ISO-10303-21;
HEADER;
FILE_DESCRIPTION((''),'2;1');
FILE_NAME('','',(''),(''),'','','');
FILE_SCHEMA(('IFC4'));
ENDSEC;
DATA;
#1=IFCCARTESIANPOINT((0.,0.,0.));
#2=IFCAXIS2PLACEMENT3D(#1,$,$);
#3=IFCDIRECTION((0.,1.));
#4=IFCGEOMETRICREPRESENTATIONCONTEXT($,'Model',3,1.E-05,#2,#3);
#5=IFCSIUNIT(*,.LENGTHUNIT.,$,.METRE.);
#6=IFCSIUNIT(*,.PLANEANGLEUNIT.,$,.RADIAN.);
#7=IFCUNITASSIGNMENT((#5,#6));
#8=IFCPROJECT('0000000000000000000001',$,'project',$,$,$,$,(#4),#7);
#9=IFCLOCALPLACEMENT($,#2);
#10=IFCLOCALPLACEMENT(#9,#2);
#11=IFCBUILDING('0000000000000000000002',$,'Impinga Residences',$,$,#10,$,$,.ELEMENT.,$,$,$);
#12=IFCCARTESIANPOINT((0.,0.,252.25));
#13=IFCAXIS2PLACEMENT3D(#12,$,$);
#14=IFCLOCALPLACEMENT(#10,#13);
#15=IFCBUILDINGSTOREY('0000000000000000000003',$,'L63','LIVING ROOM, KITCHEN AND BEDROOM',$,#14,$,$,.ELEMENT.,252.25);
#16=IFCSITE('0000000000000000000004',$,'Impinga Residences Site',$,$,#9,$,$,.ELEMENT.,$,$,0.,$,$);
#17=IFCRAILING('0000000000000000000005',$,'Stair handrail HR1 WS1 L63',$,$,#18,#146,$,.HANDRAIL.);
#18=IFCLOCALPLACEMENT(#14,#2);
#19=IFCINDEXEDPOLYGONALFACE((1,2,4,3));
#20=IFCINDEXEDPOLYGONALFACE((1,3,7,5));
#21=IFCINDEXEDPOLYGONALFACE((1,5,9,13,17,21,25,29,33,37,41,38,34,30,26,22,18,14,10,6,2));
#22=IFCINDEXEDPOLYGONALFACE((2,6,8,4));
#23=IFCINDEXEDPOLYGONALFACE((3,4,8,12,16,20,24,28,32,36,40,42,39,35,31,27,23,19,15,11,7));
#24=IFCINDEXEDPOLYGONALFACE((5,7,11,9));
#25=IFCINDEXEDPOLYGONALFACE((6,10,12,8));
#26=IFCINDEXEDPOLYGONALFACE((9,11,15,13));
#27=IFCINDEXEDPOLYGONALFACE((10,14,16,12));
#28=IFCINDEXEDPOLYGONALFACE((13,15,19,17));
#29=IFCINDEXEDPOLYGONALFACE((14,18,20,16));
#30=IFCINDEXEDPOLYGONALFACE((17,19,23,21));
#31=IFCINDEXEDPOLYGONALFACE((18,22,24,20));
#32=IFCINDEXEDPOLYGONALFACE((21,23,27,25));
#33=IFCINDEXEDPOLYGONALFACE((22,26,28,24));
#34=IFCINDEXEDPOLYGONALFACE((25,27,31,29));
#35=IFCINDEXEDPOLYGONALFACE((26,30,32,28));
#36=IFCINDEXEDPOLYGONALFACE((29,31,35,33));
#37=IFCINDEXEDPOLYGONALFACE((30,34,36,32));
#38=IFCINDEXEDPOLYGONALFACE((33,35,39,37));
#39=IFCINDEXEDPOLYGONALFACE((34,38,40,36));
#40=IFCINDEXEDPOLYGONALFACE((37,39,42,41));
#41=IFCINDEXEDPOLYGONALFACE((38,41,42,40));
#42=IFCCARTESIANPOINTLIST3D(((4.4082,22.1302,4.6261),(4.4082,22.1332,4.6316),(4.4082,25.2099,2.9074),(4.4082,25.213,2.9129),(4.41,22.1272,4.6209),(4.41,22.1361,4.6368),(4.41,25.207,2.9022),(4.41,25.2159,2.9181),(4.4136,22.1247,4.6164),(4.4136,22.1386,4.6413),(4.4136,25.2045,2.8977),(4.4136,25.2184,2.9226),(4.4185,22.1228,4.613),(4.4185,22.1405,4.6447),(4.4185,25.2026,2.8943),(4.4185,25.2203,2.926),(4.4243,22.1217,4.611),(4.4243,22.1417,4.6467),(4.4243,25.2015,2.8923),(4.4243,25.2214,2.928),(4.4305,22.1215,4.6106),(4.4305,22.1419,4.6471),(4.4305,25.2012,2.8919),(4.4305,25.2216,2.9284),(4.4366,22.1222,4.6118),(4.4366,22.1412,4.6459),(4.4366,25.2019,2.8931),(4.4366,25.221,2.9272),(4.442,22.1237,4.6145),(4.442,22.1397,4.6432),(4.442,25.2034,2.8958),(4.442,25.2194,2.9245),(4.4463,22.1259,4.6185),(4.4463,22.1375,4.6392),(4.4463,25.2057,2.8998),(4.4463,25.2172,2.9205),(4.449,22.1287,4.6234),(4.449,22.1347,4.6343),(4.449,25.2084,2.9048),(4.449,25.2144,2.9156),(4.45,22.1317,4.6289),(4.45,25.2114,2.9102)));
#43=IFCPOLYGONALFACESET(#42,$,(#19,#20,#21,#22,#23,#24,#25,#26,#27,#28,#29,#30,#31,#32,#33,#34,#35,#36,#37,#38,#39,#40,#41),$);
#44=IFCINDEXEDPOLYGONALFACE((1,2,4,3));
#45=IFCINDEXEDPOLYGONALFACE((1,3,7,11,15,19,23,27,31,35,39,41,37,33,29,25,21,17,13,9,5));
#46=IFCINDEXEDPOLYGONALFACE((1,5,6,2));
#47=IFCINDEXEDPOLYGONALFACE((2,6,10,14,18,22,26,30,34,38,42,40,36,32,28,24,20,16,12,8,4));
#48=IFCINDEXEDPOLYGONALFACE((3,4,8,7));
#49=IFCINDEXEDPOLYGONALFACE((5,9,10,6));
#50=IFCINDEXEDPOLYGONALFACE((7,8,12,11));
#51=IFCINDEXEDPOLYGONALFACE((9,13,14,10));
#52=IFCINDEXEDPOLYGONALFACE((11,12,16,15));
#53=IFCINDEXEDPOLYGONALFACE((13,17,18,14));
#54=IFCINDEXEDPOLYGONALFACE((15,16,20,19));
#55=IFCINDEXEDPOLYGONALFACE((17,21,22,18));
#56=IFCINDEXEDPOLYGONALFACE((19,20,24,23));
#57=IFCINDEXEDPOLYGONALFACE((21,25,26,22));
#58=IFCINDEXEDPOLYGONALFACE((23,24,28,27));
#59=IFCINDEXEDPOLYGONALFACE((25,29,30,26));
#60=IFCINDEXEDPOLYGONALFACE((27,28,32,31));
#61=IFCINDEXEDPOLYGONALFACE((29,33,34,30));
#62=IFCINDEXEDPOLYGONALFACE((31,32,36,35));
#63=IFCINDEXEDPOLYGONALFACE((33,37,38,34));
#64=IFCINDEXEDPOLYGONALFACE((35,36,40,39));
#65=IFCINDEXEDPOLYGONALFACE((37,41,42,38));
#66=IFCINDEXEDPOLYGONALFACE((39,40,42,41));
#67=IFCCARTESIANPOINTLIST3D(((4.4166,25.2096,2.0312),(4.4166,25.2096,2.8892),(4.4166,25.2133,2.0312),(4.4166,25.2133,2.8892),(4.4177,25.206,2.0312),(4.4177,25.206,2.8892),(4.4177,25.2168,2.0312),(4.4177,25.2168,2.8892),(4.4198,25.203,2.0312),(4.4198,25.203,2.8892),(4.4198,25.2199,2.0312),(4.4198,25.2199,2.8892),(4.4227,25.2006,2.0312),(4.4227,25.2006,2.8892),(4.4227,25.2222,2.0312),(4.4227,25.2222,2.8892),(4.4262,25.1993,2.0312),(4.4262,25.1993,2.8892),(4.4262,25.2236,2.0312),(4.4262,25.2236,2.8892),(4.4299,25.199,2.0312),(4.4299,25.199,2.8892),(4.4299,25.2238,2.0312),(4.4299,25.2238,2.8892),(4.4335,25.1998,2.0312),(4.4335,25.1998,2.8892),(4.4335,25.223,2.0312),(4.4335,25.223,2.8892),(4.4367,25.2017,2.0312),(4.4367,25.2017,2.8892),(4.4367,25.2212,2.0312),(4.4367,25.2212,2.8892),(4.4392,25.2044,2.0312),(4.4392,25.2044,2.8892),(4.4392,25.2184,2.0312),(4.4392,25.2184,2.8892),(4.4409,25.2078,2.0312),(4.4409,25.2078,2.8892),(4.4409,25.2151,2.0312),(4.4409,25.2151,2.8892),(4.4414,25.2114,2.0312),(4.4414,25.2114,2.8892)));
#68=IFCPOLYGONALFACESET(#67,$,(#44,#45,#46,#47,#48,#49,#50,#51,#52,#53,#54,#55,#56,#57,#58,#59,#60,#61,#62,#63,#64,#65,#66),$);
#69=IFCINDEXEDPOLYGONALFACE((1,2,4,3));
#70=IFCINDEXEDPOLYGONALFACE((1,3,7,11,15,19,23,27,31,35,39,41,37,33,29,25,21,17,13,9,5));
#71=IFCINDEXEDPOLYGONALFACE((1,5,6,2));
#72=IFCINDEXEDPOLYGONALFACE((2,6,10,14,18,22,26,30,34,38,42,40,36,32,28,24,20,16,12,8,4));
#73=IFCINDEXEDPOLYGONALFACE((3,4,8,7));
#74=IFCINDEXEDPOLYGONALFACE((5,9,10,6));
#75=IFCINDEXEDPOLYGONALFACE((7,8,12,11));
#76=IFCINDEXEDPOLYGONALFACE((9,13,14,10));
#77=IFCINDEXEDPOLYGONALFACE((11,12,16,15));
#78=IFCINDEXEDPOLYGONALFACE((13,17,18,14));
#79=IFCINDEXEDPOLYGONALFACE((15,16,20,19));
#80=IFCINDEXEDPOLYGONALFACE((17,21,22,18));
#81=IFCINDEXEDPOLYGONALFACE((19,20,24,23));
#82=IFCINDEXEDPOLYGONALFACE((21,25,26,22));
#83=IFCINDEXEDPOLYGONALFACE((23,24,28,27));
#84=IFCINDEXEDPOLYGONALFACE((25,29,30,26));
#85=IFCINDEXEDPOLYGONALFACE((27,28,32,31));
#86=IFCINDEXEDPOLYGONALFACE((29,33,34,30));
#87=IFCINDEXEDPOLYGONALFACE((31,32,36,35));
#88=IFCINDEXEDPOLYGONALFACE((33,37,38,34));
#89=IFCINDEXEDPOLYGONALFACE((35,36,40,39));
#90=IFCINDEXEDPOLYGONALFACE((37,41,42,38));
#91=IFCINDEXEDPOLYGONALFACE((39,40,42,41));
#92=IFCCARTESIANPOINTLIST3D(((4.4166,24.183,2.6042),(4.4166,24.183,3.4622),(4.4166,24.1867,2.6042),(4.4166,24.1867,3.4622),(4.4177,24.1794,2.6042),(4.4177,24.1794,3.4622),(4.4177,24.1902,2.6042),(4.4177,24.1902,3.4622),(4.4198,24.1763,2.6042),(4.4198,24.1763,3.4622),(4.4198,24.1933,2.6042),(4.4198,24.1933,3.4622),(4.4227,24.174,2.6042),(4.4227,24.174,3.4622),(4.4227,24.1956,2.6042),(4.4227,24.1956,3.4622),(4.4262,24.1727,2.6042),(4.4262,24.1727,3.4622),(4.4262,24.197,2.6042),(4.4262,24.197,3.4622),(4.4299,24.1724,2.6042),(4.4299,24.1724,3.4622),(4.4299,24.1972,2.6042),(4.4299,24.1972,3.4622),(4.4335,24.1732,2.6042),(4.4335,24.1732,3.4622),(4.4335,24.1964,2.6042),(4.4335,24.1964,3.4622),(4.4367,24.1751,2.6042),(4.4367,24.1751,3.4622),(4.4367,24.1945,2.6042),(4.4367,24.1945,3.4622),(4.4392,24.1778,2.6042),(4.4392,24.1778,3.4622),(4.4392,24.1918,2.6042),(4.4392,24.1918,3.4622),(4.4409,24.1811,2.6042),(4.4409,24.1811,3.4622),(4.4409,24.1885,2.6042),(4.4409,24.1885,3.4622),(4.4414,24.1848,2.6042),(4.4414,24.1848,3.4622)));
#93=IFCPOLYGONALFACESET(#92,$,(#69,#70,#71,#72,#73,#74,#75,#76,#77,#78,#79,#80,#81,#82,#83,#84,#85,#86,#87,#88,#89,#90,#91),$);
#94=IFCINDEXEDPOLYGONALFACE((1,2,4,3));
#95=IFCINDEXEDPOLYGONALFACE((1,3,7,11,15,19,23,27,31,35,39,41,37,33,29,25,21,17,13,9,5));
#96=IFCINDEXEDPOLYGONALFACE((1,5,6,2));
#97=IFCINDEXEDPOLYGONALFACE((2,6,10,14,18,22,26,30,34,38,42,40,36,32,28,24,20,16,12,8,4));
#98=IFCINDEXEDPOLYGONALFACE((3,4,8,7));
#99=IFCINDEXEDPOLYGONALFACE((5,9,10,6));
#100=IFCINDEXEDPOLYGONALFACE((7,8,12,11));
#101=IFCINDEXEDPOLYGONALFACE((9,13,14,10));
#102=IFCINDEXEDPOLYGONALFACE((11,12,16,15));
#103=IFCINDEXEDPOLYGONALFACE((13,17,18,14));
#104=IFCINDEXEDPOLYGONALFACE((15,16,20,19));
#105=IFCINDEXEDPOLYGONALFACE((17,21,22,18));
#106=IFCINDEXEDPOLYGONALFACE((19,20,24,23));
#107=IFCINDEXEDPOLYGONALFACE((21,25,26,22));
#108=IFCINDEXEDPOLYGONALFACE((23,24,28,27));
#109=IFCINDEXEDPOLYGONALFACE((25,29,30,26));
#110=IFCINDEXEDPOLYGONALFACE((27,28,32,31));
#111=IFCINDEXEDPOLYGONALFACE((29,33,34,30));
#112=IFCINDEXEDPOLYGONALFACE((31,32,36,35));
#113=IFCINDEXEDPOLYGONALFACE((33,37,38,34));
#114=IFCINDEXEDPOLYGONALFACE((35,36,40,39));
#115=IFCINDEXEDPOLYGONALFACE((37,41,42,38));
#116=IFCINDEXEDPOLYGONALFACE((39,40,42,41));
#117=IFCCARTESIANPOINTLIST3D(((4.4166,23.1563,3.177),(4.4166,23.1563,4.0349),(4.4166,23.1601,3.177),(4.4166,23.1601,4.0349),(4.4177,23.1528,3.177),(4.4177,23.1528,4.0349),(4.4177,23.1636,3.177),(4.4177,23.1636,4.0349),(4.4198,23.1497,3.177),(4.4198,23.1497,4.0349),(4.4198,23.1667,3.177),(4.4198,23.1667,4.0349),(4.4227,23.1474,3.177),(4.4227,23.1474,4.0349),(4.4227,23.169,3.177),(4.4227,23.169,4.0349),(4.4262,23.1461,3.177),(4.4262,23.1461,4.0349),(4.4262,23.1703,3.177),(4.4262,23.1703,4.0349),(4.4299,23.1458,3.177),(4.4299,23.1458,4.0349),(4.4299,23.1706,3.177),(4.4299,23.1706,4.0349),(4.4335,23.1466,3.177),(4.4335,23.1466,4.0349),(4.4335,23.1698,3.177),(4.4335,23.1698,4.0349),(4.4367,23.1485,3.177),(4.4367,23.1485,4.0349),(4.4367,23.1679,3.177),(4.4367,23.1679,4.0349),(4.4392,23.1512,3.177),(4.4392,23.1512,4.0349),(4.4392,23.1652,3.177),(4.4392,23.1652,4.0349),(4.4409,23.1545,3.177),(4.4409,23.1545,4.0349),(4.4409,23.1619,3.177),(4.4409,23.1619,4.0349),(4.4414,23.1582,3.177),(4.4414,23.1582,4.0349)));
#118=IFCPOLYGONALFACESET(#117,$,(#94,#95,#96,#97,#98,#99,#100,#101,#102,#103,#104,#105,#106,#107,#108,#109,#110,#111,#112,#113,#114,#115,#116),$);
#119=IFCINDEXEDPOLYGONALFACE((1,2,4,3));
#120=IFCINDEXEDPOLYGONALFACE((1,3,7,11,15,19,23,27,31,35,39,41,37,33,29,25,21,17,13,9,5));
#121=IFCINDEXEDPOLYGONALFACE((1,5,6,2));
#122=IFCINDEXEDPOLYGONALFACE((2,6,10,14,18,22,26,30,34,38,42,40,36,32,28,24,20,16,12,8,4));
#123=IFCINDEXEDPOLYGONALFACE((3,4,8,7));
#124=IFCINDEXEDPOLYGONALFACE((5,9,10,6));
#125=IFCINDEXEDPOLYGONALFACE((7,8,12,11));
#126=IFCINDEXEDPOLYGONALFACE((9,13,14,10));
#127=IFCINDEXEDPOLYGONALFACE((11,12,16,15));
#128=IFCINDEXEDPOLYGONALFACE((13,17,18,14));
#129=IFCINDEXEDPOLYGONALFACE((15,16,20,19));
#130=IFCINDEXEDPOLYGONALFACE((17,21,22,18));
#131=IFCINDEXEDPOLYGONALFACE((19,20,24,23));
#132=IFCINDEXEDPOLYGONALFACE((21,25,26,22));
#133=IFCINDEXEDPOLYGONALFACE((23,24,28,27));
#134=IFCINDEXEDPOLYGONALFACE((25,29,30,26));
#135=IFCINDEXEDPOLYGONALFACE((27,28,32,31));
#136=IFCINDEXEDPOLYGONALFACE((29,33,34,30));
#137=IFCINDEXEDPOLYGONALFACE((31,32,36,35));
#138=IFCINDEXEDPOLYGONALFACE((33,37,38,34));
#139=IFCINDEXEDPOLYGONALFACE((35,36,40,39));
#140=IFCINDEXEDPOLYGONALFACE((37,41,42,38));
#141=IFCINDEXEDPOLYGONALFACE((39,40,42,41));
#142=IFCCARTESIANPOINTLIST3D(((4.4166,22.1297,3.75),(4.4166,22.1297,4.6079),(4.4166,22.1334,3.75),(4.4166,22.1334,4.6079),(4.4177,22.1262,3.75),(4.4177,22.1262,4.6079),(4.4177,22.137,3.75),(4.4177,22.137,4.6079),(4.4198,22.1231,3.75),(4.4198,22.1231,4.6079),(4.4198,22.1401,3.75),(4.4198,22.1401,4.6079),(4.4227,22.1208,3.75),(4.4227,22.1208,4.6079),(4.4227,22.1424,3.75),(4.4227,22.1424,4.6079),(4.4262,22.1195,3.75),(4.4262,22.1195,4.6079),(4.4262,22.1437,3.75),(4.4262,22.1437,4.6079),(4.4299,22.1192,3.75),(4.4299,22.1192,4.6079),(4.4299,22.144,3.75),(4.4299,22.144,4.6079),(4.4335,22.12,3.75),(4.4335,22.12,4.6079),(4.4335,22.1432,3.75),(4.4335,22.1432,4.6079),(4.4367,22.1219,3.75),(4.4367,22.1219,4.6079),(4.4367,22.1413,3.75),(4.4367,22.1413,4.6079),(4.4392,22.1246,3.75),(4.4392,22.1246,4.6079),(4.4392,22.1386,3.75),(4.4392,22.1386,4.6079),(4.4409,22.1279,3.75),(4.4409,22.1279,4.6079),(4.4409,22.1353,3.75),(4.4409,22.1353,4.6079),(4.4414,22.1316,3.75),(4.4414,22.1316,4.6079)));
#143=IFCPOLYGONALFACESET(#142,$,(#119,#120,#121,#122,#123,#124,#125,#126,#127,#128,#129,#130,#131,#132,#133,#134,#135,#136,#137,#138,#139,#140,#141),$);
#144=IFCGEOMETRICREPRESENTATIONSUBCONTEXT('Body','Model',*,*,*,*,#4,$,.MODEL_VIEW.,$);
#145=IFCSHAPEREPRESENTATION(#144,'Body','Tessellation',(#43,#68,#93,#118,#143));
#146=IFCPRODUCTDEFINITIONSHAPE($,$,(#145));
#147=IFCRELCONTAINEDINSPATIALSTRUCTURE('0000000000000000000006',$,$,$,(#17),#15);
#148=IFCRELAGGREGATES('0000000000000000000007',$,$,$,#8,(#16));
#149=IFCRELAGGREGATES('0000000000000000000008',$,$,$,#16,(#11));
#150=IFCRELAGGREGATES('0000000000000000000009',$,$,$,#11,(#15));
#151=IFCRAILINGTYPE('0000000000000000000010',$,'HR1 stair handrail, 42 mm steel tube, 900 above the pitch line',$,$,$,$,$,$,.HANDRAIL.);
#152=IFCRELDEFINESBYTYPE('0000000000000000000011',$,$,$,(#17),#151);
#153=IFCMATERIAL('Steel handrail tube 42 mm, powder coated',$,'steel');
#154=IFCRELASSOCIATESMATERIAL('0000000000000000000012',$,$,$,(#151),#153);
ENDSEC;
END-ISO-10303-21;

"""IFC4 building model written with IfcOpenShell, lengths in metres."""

from ifc_helpers import new_model, si_unit, direction, frame, origin, origin_2d, place, context, subcontext, project, spatial, circle, extrude, material, type_object, element, save


model = new_model("IFC4")

# Units and contexts
model_context = context("Model", 3, precision=1e-05, world=origin(), true_north=direction((0.0, 1.0)))
body_context = subcontext(model_context, "Body", "Model", "MODEL_VIEW")
ifc_project = project(units=[si_unit("LENGTHUNIT", "METRE"), si_unit("PLANEANGLEUNIT", "RADIAN")], contexts=[model_context])

# Site, building, storey
site_placement = place(None, origin())
site = spatial("IfcSite", under=ifc_project, at=site_placement, Name="Impinga Residences Site", CompositionType="ELEMENT", RefElevation=0.0)
building_placement = place(site_placement, origin())
building = spatial("IfcBuilding", under=site, at=building_placement, Name="Impinga Residences", CompositionType="ELEMENT")
storey_placement = place(building_placement, frame((0.0, 0.0, 252.25)))
storey = spatial("IfcBuildingStorey", under=building, at=storey_placement, Name="L63", Description="LIVING ROOM, KITCHEN AND BEDROOM", CompositionType="ELEMENT", Elevation=252.25)

# Railing
ifc_material_1 = material(Name="Steel handrail tube 42 mm, powder coated", Category="steel")
railing_type_1 = type_object("IfcRailingType", Name="HR1 stair handrail, 42 mm steel tube, 900 above the pitch line", PredefinedType="HANDRAIL", material=ifc_material_1)
railing_1_placement = place(storey_placement, frame((4.429, 25.2114, 2.0312)))
element("IfcRailing", 1, at=railing_1_placement, inside=storey, type_object=railing_type_1, Name="Stair handrail HR1 WS1 L63", PredefinedType="HANDRAIL", context=body_context, shape_type="SweptSolid", body=[
    extrude(circle(Radius=0.021, at=origin_2d()), frame((0.0, 0.0, 0.8789), z_axis=(0.0, -0.873225, 0.487317), x_axis=(1.0, 0.0, 0.0)), (0.0, 0.0, 1.0), 3.5269),
    extrude(circle(Radius=0.0125, at=origin_2d()), origin(), (0.0, 0.0, 1.0), 0.8579),
    extrude(circle(Radius=0.0125, at=origin_2d()), frame((0.0, -1.0266, 0.573)), (0.0, 0.0, 1.0), 0.8579),
    extrude(circle(Radius=0.0125, at=origin_2d()), frame((0.0, -2.0532, 1.1458)), (0.0, 0.0, 1.0), 0.8579),
    extrude(circle(Radius=0.0125, at=origin_2d()), frame((0.0, -3.0798, 1.7188)), (0.0, 0.0, 1.0), 0.8579),
])

save(model, "model.ifc")
